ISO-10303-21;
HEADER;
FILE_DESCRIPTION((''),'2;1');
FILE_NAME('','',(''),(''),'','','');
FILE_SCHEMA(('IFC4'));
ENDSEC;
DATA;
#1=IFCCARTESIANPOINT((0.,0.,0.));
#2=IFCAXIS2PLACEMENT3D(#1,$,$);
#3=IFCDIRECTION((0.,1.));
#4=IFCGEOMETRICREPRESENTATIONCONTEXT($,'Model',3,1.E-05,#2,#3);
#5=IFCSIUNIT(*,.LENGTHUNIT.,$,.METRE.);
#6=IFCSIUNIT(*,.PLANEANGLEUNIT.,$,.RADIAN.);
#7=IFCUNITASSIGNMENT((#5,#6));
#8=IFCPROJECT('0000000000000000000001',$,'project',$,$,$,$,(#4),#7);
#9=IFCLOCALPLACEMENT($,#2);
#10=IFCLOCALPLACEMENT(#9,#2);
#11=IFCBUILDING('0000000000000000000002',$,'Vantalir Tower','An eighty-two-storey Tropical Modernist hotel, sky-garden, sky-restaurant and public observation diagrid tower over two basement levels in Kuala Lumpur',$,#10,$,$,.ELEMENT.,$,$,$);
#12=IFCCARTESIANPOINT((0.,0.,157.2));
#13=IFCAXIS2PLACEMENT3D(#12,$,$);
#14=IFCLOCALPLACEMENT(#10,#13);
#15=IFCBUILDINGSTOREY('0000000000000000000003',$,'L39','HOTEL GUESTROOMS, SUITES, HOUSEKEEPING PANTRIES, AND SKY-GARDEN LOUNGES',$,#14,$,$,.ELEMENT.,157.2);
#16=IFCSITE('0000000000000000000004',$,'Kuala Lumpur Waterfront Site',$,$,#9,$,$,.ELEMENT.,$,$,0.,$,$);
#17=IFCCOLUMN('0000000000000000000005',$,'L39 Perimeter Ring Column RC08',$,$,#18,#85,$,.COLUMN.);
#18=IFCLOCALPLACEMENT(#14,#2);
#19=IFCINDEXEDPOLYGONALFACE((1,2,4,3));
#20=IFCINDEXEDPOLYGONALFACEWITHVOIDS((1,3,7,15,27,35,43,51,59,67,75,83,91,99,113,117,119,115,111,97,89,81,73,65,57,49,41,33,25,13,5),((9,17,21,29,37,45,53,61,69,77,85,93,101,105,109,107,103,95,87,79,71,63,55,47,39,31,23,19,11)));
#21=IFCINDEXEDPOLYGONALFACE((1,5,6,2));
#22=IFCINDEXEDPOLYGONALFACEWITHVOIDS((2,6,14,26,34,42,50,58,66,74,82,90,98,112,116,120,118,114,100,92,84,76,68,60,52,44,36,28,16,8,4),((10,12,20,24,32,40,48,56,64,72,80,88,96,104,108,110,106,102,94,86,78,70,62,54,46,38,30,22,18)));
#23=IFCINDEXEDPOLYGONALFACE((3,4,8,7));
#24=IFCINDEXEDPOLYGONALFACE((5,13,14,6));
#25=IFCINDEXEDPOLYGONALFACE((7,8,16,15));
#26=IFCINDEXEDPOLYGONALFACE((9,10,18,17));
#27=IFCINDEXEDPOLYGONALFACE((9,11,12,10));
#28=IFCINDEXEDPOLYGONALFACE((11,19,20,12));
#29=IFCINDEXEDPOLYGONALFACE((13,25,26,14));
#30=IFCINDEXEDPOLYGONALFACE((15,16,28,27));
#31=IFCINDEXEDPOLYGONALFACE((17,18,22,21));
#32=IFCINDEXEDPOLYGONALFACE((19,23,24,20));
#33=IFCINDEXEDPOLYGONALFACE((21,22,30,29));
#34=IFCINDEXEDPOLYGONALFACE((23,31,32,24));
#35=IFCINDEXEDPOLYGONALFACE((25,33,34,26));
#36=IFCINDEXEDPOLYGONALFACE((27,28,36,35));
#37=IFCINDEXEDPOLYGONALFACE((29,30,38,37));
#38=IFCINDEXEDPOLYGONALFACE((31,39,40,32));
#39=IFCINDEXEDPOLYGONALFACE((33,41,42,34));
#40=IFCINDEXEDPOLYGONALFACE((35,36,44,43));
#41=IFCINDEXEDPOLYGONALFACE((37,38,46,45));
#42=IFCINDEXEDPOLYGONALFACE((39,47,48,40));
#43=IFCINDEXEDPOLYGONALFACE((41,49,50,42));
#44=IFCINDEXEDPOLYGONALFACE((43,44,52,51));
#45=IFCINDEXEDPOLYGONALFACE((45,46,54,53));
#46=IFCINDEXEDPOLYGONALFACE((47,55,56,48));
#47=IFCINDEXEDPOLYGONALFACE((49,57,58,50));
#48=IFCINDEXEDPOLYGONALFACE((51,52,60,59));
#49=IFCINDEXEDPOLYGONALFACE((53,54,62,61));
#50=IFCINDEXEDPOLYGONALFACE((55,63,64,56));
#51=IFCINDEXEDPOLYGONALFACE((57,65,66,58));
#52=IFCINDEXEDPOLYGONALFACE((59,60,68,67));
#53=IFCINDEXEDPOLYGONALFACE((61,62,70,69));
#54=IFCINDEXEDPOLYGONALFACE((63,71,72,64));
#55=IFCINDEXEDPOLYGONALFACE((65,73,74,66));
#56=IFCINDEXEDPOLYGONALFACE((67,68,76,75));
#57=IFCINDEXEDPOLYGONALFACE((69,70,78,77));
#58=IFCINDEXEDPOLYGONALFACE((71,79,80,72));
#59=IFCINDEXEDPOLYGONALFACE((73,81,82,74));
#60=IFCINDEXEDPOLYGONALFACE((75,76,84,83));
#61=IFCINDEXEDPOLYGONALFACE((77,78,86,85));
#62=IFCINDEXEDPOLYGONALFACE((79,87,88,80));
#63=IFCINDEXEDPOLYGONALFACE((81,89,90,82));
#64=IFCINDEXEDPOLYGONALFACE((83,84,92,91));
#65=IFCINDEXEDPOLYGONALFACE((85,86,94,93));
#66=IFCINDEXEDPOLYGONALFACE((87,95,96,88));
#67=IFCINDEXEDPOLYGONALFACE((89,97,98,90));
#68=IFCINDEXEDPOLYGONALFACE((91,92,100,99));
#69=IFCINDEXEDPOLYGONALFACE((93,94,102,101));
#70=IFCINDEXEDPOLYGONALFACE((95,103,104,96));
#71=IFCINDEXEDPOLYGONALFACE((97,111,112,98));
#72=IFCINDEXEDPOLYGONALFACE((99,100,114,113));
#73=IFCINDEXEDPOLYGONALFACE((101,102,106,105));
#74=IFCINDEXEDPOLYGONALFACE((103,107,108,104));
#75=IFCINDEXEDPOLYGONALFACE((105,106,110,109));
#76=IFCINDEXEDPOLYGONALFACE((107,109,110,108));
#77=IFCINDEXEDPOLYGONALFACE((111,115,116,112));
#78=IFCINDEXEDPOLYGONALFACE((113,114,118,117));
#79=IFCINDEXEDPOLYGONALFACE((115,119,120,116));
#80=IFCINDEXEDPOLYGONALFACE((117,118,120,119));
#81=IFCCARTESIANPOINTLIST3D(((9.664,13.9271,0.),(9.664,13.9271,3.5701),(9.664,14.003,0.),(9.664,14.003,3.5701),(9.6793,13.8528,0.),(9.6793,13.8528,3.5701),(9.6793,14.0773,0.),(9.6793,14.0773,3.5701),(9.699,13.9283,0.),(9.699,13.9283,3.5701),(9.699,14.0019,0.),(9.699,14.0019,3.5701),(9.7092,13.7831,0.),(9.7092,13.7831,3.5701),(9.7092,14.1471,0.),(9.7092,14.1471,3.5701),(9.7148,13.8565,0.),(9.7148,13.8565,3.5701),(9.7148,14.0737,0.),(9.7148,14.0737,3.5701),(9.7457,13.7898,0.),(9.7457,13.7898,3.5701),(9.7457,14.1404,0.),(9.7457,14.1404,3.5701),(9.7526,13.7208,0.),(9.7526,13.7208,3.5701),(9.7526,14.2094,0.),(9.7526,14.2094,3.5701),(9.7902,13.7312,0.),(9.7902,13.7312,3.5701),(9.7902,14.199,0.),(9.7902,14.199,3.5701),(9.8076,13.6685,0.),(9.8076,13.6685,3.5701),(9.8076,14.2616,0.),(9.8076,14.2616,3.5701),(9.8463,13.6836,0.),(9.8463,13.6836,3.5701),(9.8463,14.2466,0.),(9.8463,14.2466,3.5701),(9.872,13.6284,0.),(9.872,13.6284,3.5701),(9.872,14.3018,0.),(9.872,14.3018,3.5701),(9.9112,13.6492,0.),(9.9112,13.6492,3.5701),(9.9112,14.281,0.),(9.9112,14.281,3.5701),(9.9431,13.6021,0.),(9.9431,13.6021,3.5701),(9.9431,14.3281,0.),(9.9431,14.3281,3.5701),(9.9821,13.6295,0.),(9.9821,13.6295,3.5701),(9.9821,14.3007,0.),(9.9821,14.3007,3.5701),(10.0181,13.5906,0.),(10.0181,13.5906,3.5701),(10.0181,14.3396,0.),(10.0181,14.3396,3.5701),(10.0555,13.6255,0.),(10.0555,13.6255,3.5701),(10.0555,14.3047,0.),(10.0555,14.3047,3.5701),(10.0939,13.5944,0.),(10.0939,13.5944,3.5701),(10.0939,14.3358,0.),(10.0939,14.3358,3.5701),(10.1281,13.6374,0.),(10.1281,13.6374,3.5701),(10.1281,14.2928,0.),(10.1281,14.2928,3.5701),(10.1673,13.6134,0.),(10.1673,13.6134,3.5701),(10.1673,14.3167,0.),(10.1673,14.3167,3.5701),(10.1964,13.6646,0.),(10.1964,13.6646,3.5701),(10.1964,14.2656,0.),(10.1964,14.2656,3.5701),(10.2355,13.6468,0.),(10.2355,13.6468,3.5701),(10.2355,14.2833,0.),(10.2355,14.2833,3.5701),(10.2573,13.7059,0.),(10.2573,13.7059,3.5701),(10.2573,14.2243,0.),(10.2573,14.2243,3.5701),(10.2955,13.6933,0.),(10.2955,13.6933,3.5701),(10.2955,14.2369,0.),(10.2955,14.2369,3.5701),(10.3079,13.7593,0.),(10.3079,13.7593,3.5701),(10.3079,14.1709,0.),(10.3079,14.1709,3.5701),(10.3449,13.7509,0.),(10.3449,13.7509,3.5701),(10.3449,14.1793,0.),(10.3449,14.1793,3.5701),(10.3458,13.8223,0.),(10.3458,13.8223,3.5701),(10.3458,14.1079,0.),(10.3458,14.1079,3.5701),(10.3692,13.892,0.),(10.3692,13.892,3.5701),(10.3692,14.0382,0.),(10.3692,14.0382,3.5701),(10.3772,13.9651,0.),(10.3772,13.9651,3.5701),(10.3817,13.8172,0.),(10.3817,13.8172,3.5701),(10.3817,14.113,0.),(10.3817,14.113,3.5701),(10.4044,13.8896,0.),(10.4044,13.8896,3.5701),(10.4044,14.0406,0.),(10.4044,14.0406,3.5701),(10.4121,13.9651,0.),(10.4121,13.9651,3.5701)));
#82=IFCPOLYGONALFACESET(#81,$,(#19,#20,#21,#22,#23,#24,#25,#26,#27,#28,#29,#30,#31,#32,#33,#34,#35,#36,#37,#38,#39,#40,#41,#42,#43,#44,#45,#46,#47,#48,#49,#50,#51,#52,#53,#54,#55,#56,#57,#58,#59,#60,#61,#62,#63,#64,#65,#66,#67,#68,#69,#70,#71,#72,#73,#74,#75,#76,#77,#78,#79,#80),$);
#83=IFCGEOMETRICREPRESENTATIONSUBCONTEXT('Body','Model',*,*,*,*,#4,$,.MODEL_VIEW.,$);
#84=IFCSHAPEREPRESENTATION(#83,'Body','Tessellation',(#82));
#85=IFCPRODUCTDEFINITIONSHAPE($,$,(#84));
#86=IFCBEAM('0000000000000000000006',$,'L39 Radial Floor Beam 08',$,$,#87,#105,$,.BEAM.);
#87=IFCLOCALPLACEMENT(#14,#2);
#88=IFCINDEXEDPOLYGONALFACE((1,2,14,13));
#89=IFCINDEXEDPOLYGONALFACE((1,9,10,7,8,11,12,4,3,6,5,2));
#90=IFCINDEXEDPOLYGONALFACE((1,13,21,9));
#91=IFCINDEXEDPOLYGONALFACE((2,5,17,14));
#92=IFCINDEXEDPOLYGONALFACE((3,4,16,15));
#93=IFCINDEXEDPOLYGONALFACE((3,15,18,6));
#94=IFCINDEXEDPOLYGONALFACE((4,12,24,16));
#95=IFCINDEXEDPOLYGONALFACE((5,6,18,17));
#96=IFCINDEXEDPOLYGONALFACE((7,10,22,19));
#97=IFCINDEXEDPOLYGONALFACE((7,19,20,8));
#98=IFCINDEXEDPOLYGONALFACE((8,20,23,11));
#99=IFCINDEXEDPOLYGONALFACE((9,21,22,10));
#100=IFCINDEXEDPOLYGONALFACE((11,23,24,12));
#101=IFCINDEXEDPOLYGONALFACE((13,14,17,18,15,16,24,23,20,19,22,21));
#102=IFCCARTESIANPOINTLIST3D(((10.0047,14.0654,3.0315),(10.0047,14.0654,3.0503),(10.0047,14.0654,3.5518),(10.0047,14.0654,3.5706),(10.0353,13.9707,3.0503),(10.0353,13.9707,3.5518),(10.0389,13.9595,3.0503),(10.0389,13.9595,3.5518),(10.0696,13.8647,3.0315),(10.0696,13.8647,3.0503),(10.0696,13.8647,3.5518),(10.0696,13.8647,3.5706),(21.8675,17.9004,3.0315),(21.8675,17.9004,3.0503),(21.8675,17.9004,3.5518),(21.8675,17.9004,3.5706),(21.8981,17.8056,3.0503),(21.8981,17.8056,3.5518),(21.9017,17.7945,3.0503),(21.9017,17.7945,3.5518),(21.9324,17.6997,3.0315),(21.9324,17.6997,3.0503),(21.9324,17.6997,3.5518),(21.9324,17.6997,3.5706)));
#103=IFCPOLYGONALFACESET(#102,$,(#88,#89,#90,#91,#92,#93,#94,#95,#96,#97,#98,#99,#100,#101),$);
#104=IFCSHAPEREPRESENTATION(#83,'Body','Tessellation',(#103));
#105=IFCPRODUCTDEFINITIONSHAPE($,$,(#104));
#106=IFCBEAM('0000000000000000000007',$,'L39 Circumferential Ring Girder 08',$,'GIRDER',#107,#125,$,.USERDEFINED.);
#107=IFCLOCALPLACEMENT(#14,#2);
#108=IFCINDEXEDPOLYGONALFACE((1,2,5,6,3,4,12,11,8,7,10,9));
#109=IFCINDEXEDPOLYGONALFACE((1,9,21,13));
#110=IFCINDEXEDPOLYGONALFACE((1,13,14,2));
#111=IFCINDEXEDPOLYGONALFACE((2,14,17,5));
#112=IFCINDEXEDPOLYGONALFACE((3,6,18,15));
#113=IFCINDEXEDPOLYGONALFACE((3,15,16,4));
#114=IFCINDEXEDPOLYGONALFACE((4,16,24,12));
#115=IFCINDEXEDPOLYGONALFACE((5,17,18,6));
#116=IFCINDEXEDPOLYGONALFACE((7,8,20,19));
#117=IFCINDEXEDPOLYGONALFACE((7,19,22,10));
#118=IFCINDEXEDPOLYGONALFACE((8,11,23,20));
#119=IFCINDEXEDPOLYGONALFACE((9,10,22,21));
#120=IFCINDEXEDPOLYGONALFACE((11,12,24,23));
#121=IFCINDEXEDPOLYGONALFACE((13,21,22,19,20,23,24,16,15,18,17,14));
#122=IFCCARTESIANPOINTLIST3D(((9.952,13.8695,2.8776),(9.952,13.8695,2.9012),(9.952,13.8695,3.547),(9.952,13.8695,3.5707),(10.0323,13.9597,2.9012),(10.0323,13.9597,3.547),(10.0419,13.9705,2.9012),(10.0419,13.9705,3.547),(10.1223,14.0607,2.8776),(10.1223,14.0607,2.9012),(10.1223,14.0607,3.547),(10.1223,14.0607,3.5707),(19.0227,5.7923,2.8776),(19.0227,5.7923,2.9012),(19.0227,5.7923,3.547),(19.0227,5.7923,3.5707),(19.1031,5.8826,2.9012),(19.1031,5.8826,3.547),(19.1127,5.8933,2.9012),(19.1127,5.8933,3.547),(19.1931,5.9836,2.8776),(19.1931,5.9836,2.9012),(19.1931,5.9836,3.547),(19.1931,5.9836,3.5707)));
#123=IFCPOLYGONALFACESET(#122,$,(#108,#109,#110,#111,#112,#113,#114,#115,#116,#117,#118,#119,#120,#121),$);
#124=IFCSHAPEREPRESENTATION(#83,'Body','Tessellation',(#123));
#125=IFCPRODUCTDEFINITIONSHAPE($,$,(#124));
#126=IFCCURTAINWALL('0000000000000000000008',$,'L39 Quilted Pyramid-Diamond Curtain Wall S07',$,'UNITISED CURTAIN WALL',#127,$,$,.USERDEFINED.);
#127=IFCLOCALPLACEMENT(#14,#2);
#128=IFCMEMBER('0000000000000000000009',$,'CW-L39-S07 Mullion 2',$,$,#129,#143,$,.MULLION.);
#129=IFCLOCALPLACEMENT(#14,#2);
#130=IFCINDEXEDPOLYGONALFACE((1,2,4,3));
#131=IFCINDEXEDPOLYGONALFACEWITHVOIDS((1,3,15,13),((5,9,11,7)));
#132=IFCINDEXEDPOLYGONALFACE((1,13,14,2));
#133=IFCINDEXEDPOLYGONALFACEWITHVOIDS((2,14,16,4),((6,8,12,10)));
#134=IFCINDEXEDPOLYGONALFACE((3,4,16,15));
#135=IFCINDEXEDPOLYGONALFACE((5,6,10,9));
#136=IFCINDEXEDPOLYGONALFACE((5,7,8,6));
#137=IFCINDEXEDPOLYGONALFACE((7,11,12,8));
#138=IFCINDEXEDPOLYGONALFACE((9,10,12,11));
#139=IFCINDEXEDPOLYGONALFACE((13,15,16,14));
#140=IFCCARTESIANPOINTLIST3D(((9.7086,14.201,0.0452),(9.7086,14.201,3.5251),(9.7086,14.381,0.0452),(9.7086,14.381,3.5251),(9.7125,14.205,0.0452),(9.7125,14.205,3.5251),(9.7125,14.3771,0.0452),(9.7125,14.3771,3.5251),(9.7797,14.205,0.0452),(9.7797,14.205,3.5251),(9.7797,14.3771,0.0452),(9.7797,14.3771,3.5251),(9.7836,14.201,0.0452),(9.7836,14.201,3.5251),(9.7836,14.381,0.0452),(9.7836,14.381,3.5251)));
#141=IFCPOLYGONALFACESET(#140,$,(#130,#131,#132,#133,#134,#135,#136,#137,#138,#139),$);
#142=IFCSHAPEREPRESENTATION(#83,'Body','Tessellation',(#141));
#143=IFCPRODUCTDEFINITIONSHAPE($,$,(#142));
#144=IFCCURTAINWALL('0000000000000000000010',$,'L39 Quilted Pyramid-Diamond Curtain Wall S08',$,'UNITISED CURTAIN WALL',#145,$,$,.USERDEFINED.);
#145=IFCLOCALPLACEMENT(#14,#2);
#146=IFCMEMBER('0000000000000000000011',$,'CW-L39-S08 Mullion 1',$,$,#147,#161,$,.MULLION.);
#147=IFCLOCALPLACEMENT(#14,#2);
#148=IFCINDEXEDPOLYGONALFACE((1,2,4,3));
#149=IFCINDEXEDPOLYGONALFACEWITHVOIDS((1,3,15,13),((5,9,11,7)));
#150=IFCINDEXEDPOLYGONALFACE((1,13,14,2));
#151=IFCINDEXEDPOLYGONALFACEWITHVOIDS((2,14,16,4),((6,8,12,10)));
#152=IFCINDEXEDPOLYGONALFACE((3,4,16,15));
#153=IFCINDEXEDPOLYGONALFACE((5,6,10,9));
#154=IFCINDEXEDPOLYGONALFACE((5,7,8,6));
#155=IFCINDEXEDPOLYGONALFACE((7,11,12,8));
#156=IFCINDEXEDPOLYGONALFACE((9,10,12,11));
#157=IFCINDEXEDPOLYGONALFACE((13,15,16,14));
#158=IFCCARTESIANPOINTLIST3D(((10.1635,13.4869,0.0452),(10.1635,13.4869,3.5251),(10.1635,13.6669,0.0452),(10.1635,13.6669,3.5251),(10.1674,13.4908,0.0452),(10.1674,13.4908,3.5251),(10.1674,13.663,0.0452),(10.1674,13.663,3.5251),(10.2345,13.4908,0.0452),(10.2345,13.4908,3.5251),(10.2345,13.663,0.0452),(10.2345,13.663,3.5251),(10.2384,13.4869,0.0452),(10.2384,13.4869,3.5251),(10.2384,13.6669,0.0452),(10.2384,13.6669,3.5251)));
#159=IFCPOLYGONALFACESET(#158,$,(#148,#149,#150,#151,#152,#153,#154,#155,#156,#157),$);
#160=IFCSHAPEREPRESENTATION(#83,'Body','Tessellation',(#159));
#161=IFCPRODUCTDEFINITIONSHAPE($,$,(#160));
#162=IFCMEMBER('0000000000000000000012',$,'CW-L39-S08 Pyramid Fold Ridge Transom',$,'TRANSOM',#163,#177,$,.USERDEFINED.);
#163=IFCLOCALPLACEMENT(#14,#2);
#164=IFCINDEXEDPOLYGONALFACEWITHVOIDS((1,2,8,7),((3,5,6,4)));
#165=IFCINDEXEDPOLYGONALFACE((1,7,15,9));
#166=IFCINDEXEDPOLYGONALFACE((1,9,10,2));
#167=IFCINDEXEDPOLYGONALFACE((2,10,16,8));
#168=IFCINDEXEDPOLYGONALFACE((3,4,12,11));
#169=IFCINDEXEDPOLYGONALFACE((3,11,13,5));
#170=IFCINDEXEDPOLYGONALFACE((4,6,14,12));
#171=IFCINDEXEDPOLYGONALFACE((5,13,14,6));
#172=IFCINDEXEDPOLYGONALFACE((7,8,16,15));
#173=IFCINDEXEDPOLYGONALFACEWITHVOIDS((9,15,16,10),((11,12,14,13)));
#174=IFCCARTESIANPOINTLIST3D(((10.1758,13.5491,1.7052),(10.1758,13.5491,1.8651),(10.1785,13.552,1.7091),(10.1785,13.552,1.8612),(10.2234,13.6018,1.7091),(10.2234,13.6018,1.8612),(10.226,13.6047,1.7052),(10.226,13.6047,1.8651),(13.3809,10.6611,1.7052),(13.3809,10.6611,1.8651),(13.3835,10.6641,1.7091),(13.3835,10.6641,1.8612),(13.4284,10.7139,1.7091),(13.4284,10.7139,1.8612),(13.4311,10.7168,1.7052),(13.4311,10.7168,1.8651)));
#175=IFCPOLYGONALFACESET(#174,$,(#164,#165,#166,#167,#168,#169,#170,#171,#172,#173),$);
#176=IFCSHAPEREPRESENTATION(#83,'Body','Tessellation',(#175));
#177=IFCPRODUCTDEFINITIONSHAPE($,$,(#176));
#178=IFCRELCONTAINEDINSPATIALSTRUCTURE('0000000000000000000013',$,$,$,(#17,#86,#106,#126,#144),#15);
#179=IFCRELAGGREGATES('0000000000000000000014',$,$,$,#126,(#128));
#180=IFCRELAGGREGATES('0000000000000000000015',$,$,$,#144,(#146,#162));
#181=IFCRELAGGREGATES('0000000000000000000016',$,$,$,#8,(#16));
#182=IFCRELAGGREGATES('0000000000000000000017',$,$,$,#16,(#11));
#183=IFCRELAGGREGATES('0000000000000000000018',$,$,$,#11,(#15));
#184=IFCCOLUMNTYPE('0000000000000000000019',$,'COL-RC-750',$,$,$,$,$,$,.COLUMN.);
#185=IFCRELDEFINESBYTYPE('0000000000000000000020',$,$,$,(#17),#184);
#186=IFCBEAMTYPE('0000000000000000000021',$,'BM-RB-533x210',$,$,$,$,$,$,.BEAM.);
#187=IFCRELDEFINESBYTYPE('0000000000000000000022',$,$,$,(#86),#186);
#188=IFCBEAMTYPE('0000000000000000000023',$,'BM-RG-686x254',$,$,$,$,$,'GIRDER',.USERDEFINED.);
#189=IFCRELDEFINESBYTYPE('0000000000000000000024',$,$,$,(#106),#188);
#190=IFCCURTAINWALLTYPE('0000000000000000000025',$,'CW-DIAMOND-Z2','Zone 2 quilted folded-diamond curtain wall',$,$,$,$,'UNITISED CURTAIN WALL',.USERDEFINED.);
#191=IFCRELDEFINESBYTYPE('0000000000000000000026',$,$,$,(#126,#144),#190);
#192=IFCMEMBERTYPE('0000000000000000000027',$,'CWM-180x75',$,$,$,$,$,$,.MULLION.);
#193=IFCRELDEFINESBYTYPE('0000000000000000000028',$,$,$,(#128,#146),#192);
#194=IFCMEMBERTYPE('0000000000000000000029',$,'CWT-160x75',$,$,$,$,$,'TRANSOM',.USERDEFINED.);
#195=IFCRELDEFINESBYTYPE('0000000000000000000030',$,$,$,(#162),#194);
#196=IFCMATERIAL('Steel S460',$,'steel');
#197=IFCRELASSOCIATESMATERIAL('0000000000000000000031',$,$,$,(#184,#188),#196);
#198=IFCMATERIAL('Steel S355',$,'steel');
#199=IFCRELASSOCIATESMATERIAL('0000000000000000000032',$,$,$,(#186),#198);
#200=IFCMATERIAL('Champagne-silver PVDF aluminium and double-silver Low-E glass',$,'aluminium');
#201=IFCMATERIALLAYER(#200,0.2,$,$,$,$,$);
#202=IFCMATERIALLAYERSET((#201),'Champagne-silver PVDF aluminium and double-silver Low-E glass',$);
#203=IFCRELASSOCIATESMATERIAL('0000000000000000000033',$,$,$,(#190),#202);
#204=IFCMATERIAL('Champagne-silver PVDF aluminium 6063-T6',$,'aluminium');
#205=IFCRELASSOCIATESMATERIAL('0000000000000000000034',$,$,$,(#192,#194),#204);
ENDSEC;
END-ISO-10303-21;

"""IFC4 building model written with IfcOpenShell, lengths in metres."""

from ifc_helpers import new_model, si_unit, direction, frame, origin, origin_2d, place, context, subcontext, project, spatial, hollow_rectangle, hollow_circle, i_section, extrude, material, layer, layer_set, material_profile, profile_set, type_object, element, aggregate, save


model = new_model("IFC4")

# Units and contexts
model_context = context("Model", 3, precision=1e-05, world=origin(), true_north=direction((0.0, 1.0)))
body_context = subcontext(model_context, "Body", "Model", "MODEL_VIEW")
ifc_project = project(units=[si_unit("LENGTHUNIT", "METRE"), si_unit("PLANEANGLEUNIT", "RADIAN")], contexts=[model_context])

# Site, building, storey
site_placement = place(None, origin())
site = spatial("IfcSite", under=ifc_project, at=site_placement, Name="Kuala Lumpur Waterfront Site", CompositionType="ELEMENT", RefElevation=0.0)
building_placement = place(site_placement, origin())
building = spatial("IfcBuilding", under=site, at=building_placement, Name="Vantalir Tower", Description="An eighty-two-storey Tropical Modernist hotel, sky-garden, sky-restaurant and public observation diagrid tower over two basement levels in Kuala Lumpur", CompositionType="ELEMENT")
storey_placement = place(building_placement, frame((0.0, 0.0, 157.2)))
storey = spatial("IfcBuildingStorey", under=building, at=storey_placement, Name="L39", Description="HOTEL GUESTROOMS, SUITES, HOUSEKEEPING PANTRIES, AND SKY-GARDEN LOUNGES", CompositionType="ELEMENT", Elevation=157.2)

# Column
ifc_material_1 = material(Name="Steel S460", Category="steel")
ifc_material_profile_1 = material_profile(ifc_material_1, hollow_circle(Radius=0.375, WallThickness=0.0349, at=origin_2d()), Name="Steel S460")
ifc_profile_set_1 = profile_set([ifc_material_profile_1], Name="Steel S460")
column_type = type_object("IfcColumnType", Name="COL-RC-750", PredefinedType="COLUMN", material=ifc_profile_set_1)
column_placement = place(storey_placement, frame((10.0371, 13.9651, 0.0), z_axis=(0.0, 0.0, 1.0), x_axis=(1.0, 0.0, 0.0)))
element("IfcColumn", 1, at=column_placement, inside=storey, type_object=column_type, Name="L39 Perimeter Ring Column RC08", PredefinedType="COLUMN", context=body_context, shape_type="SweptSolid", body=[
    extrude(hollow_circle(Radius=0.375, WallThickness=0.0349, at=origin_2d()), origin(), (0.0, 0.0, 1.0), 3.5701),
])

# Beams
ifc_material_2 = material(Name="Steel S355", Category="steel")
ifc_material_profile_2 = material_profile(ifc_material_2, i_section(OverallWidth=0.2109, OverallDepth=0.5391, WebThickness=0.0117, FlangeThickness=0.0188, at=origin_2d()), Name="Steel S355")
ifc_profile_set_2 = profile_set([ifc_material_profile_2], Name="Steel S355")
beam_type_1 = type_object("IfcBeamType", Name="BM-RB-533x210", PredefinedType="BEAM", material=ifc_profile_set_2)
beam_1_placement = place(storey_placement, frame((10.0371, 13.9651, 3.301), z_axis=(0.951515, 0.307602, 0.0), x_axis=(-0.307602, 0.951515, 0.0)))
element("IfcBeam", 2, at=beam_1_placement, inside=storey, type_object=beam_type_1, Name="L39 Radial Floor Beam 08", PredefinedType="BEAM", context=body_context, shape_type="SweptSolid", body=[
    extrude(i_section(OverallWidth=0.2109, OverallDepth=0.5391, WebThickness=0.0117, FlangeThickness=0.0188, at=origin_2d()), origin(), (0.0, 0.0, 1.0), 12.4673),
])
ifc_material_profile_3 = material_profile(ifc_material_1, i_section(OverallWidth=0.2561, OverallDepth=0.6931, WebThickness=0.0144, FlangeThickness=0.0237, at=origin_2d()), Name="Steel S460")
ifc_profile_set_3 = profile_set([ifc_material_profile_3], Name="Steel S460")
beam_type_2 = type_object("IfcBeamType", Name="BM-RG-686x254", ElementType="GIRDER", PredefinedType="USERDEFINED", material=ifc_profile_set_3)
beam_2_placement = place(storey_placement, frame((10.0371, 13.9651, 3.2241), z_axis=(0.746828, -0.665017, 0.0), x_axis=(0.665017, 0.746828, 0.0)))
element("IfcBeam", 3, at=beam_2_placement, inside=storey, type_object=beam_type_2, Name="L39 Circumferential Ring Girder 08", ObjectType="GIRDER", PredefinedType="USERDEFINED", context=body_context, shape_type="SweptSolid", body=[
    extrude(i_section(OverallWidth=0.2561, OverallDepth=0.6931, WebThickness=0.0144, FlangeThickness=0.0237, at=origin_2d()), origin(), (0.0, 0.0, 1.0), 12.1458),
])

# Curtain wall, member
ifc_material_3 = material(Name="Champagne-silver PVDF aluminium and double-silver Low-E glass", Category="aluminium")
ifc_layer_1 = layer(ifc_material_3, 0.2)
ifc_layer_set_1 = layer_set([ifc_layer_1], Name="Champagne-silver PVDF aluminium and double-silver Low-E glass")
curtain_wall_type = type_object("IfcCurtainWallType", Name="CW-DIAMOND-Z2", Description="Zone 2 quilted folded-diamond curtain wall", ElementType="UNITISED CURTAIN WALL", PredefinedType="USERDEFINED", material=ifc_layer_set_1)
curtain_wall_1_placement = place(storey_placement, origin())
curtain_wall_1 = element("IfcCurtainWall", 4, at=curtain_wall_1_placement, inside=storey, type_object=curtain_wall_type, Name="L39 Quilted Pyramid-Diamond Curtain Wall S07", ObjectType="UNITISED CURTAIN WALL", PredefinedType="USERDEFINED")
ifc_material_4 = material(Name="Champagne-silver PVDF aluminium 6063-T6", Category="aluminium")
ifc_material_profile_4 = material_profile(ifc_material_4, hollow_rectangle(XDim=0.075, YDim=0.1799, WallThickness=0.0039, at=origin_2d()), Name="Champagne-silver PVDF aluminium 6063-T6")
ifc_profile_set_4 = profile_set([ifc_material_profile_4], Name="Champagne-silver PVDF aluminium 6063-T6")
member_type_1 = type_object("IfcMemberType", Name="CWM-180x75", PredefinedType="MULLION", material=ifc_profile_set_4)
member_1_placement = place(storey_placement, frame((9.7461, 14.291, 0.0452), z_axis=(0.0, 0.0, 1.0), x_axis=(1.0, 0.0, 0.0)))
member_1 = element("IfcMember", 5, at=member_1_placement, type_object=member_type_1, Name="CW-L39-S07 Mullion 2", PredefinedType="MULLION", context=body_context, shape_type="SweptSolid", body=[
    extrude(hollow_rectangle(XDim=0.075, YDim=0.1799, WallThickness=0.0039, at=origin_2d()), origin(), (0.0, 0.0, 1.0), 3.48),
])

# Curtain wall, members
curtain_wall_2_placement = place(storey_placement, origin())
curtain_wall_2 = element("IfcCurtainWall", 6, at=curtain_wall_2_placement, inside=storey, type_object=curtain_wall_type, Name="L39 Quilted Pyramid-Diamond Curtain Wall S08", ObjectType="UNITISED CURTAIN WALL", PredefinedType="USERDEFINED")
member_2_placement = place(storey_placement, frame((10.2009, 13.5769, 0.0452), z_axis=(0.0, 0.0, 1.0), x_axis=(1.0, 0.0, 0.0)))
member_2 = element("IfcMember", 7, at=member_2_placement, type_object=member_type_1, Name="CW-L39-S08 Mullion 1", PredefinedType="MULLION", context=body_context, shape_type="SweptSolid", body=[
    extrude(hollow_rectangle(XDim=0.075, YDim=0.1799, WallThickness=0.0039, at=origin_2d()), origin(), (0.0, 0.0, 1.0), 3.48),
])
ifc_material_profile_5 = material_profile(ifc_material_4, hollow_rectangle(XDim=0.075, YDim=0.1599, WallThickness=0.0039, at=origin_2d()), Name="Champagne-silver PVDF aluminium 6063-T6")
ifc_profile_set_5 = profile_set([ifc_material_profile_5], Name="Champagne-silver PVDF aluminium 6063-T6")
member_type_2 = type_object("IfcMemberType", Name="CWT-160x75", ElementType="TRANSOM", PredefinedType="USERDEFINED", material=ifc_profile_set_5)
member_3_placement = place(storey_placement, frame((10.2009, 13.5769, 1.7852), z_axis=(0.742906, -0.669396, 0.0), x_axis=(0.669396, 0.742906, 0.0)))
member_3 = element("IfcMember", 8, at=member_3_placement, type_object=member_type_2, Name="CW-L39-S08 Pyramid Fold Ridge Transom", ObjectType="TRANSOM", PredefinedType="USERDEFINED", context=body_context, shape_type="SweptSolid", body=[
    extrude(hollow_rectangle(XDim=0.075, YDim=0.1599, WallThickness=0.0039, at=origin_2d()), origin(), (0.0, 0.0, 1.0), 4.3142),
])

aggregate(curtain_wall_1, [member_1])
aggregate(curtain_wall_2, [member_2, member_3])

save(model, "model.ifc")
